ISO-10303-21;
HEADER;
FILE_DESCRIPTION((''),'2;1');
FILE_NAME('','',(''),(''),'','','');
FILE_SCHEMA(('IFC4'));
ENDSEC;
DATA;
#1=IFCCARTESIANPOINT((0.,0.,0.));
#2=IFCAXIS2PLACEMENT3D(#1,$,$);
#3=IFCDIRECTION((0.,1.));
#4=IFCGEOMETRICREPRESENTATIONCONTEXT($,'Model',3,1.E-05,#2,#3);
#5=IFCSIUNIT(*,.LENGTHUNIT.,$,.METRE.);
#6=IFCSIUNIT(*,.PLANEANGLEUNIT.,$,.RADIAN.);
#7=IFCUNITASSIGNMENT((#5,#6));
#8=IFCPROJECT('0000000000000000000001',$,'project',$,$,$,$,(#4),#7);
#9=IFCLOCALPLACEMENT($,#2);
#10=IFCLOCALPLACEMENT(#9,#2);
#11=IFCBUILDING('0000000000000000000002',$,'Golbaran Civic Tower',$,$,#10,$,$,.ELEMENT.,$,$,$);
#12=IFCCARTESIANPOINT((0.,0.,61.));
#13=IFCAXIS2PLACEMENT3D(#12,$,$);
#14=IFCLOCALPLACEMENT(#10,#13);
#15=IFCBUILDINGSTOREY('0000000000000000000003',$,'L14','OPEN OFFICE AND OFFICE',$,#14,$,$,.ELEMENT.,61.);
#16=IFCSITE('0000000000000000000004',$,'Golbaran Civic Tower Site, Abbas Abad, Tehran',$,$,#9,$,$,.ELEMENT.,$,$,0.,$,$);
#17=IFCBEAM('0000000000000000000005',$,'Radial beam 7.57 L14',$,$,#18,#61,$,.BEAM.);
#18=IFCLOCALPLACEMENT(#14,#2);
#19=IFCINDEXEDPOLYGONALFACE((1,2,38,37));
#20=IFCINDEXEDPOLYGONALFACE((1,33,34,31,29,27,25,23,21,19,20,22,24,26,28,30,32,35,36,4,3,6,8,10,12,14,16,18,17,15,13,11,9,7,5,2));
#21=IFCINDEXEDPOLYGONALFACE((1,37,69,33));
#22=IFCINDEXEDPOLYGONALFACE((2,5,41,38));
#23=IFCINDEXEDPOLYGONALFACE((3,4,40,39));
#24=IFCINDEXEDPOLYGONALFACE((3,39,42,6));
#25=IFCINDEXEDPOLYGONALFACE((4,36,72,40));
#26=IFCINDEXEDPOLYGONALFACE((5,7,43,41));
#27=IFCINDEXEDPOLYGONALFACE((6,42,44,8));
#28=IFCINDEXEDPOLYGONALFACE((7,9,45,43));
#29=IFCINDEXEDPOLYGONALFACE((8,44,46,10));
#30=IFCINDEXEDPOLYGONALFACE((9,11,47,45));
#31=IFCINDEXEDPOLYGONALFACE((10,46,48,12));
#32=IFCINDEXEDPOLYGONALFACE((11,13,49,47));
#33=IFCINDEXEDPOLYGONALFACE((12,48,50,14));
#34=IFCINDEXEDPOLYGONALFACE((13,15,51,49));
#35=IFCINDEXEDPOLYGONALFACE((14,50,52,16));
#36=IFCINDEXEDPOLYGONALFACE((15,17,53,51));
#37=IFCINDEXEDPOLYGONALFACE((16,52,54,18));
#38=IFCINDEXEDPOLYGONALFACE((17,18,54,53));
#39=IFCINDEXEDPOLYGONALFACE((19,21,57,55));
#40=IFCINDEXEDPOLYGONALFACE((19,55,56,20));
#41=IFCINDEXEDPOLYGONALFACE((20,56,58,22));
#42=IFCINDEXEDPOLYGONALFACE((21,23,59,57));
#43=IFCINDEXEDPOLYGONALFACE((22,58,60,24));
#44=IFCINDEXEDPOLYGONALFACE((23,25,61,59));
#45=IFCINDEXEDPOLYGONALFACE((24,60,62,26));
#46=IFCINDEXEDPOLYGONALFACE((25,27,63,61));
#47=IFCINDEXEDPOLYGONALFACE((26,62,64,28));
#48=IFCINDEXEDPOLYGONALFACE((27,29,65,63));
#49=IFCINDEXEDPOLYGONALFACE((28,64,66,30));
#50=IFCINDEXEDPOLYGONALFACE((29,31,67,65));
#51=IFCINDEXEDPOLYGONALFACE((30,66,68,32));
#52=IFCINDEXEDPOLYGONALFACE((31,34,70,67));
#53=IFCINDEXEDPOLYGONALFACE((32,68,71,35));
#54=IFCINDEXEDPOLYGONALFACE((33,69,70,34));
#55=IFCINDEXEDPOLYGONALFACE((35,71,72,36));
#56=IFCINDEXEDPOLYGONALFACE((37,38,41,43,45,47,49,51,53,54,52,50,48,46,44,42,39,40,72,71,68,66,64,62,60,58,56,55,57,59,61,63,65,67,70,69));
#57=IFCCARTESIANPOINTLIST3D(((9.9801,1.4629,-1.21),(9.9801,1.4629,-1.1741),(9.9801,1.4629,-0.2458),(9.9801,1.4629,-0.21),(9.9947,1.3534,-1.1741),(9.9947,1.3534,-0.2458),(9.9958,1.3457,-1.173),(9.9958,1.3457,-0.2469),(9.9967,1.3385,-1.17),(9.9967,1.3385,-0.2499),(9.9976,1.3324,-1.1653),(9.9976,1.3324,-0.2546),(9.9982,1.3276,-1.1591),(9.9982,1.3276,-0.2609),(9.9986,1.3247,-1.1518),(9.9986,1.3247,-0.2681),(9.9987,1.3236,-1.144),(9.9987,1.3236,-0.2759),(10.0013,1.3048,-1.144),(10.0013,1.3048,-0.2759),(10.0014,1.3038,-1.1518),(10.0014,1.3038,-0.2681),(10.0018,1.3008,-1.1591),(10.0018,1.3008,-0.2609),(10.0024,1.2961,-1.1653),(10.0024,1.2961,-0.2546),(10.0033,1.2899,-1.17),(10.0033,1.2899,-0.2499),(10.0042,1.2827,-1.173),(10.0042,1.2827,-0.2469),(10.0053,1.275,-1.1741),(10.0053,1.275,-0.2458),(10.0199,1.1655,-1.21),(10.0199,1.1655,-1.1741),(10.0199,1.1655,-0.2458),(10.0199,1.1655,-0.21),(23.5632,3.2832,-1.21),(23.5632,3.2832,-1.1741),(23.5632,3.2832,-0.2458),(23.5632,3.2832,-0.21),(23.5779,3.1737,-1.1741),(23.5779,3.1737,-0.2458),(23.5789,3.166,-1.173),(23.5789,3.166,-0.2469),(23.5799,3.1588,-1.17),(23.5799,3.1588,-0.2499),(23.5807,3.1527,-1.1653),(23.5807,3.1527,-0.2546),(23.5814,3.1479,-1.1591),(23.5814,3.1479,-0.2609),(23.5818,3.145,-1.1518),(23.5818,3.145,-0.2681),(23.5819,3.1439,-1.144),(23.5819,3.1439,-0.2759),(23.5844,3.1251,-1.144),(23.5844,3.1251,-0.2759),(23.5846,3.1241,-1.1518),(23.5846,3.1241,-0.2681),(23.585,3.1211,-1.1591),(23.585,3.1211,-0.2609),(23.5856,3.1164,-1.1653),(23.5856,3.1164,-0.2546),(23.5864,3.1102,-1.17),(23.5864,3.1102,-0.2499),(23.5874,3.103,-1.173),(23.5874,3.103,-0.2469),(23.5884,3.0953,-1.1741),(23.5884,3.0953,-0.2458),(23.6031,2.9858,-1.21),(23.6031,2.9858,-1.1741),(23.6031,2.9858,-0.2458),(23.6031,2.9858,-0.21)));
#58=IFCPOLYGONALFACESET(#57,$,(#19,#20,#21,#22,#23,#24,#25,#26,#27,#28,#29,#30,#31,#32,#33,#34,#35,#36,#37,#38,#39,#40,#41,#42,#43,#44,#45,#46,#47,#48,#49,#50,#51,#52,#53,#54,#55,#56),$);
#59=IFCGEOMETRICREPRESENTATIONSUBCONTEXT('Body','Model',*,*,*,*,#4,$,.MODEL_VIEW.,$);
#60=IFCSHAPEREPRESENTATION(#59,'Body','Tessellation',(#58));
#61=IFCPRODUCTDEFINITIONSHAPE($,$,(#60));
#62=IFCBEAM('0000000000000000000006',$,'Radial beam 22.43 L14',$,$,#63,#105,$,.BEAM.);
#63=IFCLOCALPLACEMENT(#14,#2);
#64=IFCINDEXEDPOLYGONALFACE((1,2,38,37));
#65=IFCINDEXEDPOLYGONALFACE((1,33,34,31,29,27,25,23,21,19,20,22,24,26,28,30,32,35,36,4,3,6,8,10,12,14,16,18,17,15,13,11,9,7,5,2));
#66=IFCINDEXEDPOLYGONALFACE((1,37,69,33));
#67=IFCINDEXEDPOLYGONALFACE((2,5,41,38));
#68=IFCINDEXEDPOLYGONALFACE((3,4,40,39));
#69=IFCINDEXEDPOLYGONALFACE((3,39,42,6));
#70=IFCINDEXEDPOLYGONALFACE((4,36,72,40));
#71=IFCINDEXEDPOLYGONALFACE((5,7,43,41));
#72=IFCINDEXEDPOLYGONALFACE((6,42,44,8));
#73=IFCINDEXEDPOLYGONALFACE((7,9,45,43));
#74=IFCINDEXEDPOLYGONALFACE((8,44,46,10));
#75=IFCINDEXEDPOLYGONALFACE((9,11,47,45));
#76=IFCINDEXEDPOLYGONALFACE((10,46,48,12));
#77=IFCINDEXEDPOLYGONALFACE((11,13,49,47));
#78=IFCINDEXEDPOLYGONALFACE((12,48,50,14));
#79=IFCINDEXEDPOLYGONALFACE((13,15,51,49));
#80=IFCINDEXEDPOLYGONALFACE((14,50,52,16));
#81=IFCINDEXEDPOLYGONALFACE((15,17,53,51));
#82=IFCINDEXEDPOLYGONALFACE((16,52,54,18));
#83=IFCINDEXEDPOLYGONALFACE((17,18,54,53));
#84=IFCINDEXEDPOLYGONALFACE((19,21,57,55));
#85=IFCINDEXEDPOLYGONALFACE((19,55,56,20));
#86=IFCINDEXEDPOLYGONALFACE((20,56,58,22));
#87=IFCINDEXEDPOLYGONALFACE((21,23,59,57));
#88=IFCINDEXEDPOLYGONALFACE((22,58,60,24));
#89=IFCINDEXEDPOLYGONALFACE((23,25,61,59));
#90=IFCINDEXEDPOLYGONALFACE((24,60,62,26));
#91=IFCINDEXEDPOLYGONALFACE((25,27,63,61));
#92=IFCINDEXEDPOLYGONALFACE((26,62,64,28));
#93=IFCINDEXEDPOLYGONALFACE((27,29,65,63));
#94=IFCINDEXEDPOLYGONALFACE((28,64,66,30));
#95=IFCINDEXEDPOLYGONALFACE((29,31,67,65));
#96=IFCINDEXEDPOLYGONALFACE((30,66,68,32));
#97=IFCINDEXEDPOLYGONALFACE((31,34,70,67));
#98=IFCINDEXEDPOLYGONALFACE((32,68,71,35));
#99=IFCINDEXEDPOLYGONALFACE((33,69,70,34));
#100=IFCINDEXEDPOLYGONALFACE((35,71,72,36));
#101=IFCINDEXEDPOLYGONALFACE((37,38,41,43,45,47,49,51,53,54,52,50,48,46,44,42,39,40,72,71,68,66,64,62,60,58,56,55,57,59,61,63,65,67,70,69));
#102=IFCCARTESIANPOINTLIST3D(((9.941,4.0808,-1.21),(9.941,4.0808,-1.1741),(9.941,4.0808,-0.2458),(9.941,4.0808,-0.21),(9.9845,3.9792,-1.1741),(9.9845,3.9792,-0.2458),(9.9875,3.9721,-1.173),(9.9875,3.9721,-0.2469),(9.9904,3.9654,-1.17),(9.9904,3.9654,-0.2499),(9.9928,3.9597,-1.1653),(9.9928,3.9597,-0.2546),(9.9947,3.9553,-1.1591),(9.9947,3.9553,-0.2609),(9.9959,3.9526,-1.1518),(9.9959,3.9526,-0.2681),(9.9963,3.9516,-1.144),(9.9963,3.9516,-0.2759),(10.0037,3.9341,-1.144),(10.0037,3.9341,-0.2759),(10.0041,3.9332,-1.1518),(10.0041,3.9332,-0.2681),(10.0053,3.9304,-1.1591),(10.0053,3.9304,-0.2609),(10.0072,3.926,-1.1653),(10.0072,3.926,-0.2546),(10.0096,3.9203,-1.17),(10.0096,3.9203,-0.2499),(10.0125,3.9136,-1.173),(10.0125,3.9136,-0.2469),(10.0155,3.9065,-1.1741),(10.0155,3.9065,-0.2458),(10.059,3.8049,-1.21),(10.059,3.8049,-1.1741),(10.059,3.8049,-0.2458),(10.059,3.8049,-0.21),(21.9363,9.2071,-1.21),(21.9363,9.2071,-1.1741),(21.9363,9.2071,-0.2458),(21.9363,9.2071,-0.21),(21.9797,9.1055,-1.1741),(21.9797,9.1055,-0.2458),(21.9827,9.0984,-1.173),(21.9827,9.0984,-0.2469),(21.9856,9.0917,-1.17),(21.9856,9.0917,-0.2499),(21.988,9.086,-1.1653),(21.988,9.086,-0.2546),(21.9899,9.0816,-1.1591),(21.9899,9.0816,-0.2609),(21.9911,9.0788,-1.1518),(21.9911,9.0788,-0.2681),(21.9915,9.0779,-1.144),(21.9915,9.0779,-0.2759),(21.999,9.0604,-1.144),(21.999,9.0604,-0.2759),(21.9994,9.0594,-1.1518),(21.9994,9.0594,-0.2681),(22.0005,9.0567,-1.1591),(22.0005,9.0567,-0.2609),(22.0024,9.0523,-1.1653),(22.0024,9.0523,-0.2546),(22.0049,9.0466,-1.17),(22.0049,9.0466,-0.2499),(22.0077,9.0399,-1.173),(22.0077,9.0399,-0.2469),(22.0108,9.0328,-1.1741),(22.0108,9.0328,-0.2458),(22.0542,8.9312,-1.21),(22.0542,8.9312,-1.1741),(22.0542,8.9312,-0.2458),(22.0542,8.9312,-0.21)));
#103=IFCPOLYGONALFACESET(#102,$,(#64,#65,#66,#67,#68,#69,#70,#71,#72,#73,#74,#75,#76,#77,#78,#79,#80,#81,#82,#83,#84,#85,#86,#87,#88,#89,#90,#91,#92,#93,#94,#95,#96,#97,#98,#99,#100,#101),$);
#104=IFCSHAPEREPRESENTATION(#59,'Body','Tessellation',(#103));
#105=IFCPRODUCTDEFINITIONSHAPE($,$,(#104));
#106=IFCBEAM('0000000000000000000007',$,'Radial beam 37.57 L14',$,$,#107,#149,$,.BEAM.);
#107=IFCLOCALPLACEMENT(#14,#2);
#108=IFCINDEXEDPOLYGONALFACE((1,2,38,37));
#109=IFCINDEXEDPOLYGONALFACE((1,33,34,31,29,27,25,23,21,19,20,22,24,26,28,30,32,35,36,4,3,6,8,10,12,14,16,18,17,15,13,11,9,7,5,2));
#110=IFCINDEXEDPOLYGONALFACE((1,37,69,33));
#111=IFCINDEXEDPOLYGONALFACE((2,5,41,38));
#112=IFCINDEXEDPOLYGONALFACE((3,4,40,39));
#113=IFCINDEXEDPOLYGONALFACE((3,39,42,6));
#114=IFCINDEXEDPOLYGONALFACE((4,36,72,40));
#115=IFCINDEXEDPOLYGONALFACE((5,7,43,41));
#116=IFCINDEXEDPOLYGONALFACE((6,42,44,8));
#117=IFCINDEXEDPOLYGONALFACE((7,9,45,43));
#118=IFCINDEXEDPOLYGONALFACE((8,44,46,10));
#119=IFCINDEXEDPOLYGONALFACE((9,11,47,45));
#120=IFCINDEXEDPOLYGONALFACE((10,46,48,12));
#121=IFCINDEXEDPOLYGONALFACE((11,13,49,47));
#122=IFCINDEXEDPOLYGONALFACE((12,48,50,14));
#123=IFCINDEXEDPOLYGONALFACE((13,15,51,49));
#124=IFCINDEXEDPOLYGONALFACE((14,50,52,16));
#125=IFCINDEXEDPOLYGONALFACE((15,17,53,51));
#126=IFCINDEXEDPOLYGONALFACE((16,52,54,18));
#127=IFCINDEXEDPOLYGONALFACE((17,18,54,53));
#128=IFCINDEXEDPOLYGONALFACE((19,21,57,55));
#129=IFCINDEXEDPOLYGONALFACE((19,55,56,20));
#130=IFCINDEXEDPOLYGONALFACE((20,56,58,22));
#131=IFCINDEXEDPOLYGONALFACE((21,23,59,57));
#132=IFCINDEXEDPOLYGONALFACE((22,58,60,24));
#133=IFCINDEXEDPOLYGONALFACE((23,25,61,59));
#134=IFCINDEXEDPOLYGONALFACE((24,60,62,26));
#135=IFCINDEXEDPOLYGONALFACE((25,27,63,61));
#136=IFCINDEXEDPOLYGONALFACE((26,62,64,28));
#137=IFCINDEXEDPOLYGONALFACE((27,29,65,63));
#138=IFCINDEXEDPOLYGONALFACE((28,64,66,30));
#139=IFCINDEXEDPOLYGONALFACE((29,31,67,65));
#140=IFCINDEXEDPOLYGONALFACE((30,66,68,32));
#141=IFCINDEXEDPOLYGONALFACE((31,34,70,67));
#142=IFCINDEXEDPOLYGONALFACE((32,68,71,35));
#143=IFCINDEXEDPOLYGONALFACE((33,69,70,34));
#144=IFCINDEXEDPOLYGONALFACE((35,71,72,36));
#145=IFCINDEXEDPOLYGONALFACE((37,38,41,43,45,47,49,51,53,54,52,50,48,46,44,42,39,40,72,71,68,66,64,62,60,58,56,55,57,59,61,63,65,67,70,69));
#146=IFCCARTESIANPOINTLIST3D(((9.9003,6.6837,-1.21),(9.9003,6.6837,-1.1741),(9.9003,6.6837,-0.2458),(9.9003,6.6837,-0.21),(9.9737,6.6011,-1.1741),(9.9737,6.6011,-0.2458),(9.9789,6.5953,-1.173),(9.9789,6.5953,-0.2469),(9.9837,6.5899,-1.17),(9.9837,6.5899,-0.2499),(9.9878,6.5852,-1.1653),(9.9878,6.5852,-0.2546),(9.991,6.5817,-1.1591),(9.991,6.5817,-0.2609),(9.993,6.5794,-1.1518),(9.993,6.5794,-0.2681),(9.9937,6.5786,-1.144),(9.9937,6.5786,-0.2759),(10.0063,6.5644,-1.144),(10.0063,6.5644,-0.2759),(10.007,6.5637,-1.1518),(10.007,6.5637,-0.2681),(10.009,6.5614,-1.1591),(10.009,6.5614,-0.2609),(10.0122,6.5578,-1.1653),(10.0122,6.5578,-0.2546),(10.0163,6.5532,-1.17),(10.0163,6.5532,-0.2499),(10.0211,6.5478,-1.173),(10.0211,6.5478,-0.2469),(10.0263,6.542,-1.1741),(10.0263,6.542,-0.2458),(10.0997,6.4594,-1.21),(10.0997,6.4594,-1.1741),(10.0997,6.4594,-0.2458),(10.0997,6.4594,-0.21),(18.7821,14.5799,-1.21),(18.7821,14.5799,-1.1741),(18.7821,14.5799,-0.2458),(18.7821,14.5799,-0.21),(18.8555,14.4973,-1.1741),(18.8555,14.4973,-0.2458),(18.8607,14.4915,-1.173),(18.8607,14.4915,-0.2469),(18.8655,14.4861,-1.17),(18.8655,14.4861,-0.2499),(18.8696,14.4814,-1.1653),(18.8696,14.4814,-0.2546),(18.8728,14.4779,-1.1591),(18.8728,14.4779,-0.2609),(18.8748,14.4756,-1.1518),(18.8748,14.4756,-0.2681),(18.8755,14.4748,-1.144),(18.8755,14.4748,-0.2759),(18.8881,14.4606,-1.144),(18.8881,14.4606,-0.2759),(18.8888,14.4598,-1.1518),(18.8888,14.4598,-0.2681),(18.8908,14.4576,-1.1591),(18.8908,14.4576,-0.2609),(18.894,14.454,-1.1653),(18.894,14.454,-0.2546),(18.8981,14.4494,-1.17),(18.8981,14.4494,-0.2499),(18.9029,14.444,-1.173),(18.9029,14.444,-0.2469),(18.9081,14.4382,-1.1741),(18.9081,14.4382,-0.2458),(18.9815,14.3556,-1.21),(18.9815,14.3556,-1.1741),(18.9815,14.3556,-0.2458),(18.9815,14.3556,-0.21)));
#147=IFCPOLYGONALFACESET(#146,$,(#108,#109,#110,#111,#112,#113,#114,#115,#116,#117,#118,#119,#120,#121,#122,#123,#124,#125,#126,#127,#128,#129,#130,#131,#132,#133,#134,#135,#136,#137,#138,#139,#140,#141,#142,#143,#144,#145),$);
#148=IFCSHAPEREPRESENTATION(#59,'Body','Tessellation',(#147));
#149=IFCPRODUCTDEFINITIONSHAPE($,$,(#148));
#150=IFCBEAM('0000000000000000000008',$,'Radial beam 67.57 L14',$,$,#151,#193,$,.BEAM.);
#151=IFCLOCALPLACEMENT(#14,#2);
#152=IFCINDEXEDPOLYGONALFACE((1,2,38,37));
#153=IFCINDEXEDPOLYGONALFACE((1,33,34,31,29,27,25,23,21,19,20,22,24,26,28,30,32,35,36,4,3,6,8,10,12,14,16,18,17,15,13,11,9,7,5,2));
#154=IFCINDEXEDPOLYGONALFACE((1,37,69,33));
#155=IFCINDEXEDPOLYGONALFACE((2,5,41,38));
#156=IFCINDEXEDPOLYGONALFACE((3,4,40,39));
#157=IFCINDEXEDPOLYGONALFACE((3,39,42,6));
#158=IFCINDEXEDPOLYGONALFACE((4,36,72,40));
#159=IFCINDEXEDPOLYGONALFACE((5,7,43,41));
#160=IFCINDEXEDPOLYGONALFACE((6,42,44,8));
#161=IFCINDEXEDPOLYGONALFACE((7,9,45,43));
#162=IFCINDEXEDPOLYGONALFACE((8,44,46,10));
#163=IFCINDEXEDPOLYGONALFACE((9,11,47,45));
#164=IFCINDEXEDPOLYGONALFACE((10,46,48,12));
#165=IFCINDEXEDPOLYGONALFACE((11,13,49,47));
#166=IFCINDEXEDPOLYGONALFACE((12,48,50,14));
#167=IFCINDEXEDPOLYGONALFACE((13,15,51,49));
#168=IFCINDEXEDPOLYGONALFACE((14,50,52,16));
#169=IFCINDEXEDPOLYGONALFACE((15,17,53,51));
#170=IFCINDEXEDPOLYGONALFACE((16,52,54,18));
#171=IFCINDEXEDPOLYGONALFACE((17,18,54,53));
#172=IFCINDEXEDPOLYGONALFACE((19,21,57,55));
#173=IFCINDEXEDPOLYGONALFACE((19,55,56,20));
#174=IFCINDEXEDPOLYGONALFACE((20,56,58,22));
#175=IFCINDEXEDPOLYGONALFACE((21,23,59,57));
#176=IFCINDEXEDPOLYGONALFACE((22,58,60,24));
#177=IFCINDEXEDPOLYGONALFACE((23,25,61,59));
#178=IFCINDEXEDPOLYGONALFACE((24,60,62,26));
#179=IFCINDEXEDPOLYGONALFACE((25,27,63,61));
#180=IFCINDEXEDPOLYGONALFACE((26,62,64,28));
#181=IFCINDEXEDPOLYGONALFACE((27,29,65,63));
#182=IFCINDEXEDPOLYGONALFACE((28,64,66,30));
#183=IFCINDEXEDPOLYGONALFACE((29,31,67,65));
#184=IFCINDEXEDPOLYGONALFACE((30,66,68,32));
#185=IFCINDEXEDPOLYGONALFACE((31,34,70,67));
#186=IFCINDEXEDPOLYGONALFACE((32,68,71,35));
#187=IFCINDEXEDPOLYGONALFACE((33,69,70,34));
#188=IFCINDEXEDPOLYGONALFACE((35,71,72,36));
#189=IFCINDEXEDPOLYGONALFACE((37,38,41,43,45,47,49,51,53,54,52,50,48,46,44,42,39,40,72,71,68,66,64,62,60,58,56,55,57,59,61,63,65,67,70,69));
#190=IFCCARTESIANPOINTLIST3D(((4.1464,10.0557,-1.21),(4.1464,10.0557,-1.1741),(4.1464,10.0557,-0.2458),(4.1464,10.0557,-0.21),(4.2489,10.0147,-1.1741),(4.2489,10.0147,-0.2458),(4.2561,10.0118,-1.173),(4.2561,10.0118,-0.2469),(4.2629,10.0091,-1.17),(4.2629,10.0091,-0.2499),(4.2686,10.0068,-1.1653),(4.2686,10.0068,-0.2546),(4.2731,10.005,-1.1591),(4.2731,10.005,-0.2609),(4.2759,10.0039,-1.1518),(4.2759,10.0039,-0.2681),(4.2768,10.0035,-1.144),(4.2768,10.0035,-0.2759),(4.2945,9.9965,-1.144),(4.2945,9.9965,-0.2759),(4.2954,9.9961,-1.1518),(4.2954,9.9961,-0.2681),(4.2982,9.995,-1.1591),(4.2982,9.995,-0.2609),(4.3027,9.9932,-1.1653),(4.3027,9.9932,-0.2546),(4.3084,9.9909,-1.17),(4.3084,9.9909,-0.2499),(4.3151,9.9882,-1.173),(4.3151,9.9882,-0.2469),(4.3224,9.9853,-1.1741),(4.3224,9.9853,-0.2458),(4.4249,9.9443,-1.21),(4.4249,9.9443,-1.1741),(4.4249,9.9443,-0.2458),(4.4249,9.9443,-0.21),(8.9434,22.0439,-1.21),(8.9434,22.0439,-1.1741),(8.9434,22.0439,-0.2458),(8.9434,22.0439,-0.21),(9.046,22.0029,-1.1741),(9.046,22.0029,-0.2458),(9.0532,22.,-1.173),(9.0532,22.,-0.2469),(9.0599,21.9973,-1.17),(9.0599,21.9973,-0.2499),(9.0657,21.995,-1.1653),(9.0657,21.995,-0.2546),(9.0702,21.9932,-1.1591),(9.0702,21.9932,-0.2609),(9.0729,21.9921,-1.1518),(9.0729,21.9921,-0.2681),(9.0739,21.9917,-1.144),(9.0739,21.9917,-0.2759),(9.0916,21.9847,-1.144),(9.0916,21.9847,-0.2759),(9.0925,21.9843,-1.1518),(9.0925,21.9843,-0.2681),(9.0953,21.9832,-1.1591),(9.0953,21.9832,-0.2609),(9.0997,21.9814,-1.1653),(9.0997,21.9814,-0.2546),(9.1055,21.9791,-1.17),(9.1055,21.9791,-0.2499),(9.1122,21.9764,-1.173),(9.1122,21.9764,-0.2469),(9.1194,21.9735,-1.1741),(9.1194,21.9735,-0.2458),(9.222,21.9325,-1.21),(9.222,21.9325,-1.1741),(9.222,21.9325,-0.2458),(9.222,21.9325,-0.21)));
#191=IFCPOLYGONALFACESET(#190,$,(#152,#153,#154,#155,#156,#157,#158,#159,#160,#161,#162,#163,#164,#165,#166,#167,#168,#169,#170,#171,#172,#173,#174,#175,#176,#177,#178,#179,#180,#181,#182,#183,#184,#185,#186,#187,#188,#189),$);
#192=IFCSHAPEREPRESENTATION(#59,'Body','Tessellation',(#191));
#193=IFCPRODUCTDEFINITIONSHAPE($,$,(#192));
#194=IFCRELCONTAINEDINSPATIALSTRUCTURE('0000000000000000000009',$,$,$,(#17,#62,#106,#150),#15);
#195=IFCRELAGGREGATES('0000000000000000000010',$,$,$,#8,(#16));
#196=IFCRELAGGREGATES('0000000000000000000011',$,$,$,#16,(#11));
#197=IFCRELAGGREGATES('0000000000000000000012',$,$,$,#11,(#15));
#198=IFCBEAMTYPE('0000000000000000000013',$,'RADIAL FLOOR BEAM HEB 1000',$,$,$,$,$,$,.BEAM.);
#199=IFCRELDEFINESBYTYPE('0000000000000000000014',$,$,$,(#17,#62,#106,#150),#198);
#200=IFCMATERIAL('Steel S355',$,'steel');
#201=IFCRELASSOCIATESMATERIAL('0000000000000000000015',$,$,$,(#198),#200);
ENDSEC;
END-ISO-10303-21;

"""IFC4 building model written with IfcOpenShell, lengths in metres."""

from ifc_helpers import new_model, si_unit, direction, frame, origin, origin_2d, place, context, subcontext, project, spatial, i_section, extrude, material, material_profile, profile_set, type_object, element, save


model = new_model("IFC4")

# Units and contexts
model_context = context("Model", 3, precision=1e-05, world=origin(), true_north=direction((0.0, 1.0)))
body_context = subcontext(model_context, "Body", "Model", "MODEL_VIEW")
ifc_project = project(units=[si_unit("LENGTHUNIT", "METRE"), si_unit("PLANEANGLEUNIT", "RADIAN")], contexts=[model_context])

# Site, building, storey
site_placement = place(None, origin())
site = spatial("IfcSite", under=ifc_project, at=site_placement, Name="Golbaran Civic Tower Site, Abbas Abad, Tehran", CompositionType="ELEMENT", RefElevation=0.0)
building_placement = place(site_placement, origin())
building = spatial("IfcBuilding", under=site, at=building_placement, Name="Golbaran Civic Tower", CompositionType="ELEMENT")
storey_placement = place(building_placement, frame((0.0, 0.0, 61.0)))
storey = spatial("IfcBuildingStorey", under=building, at=storey_placement, Name="L14", Description="OPEN OFFICE AND OFFICE", CompositionType="ELEMENT", Elevation=61.0)

# Beams
ifc_material_1 = material(Name="Steel S355", Category="steel")
ifc_material_profile = material_profile(ifc_material_1, i_section(OverallWidth=0.3, OverallDepth=1.0, WebThickness=0.019, FlangeThickness=0.0359, FilletRadius=0.03, at=origin_2d()), Name="HEB 1000")
ifc_profile_set = profile_set([ifc_material_profile], Name="Steel S355")
beam_type = type_object("IfcBeamType", Name="RADIAL FLOOR BEAM HEB 1000", PredefinedType="BEAM", material=ifc_profile_set)
beam_1_placement = place(storey_placement, frame((10.0, 1.3142, -0.71), z_axis=(0.99114, 0.132824, 0.0), x_axis=(-0.132824, 0.99114, 0.0)))
element("IfcBeam", 1, at=beam_1_placement, inside=storey, type_object=beam_type, Name="Radial beam 7.57 L14", PredefinedType="BEAM", context=body_context, shape_type="SweptSolid", body=[
    extrude(i_section(OverallWidth=0.3, OverallDepth=1.0, WebThickness=0.019, FlangeThickness=0.0359, FilletRadius=0.03, at=origin_2d()), origin(), (0.0, 0.0, 1.0), 13.7046),
])
beam_2_placement = place(storey_placement, frame((10.0, 3.9429, -0.71), z_axis=(0.919548, 0.392977, 0.0), x_axis=(-0.392977, 0.919548, 0.0)))
element("IfcBeam", 2, at=beam_2_placement, inside=storey, type_object=beam_type, Name="Radial beam 22.43 L14", PredefinedType="BEAM", context=body_context, shape_type="SweptSolid", body=[
    extrude(i_section(OverallWidth=0.3, OverallDepth=1.0, WebThickness=0.019, FlangeThickness=0.0359, FilletRadius=0.03, at=origin_2d()), origin(), (0.0, 0.0, 1.0), 13.0447),
])
beam_3_placement = place(storey_placement, frame((10.0, 6.5715, -0.71), z_axis=(0.747356, 0.664424, 0.0), x_axis=(-0.664424, 0.747356, 0.0)))
element("IfcBeam", 3, at=beam_3_placement, inside=storey, type_object=beam_type, Name="Radial beam 37.57 L14", PredefinedType="BEAM", context=body_context, shape_type="SweptSolid", body=[
    extrude(i_section(OverallWidth=0.3, OverallDepth=1.0, WebThickness=0.019, FlangeThickness=0.0359, FilletRadius=0.03, at=origin_2d()), origin(), (0.0, 0.0, 1.0), 11.8843),
])
beam_4_placement = place(storey_placement, frame((4.2856, 10.0, -0.71), z_axis=(0.371511, 0.928428, 0.0), x_axis=(-0.928428, 0.371511, 0.0)))
element("IfcBeam", 4, at=beam_4_placement, inside=storey, type_object=beam_type, Name="Radial beam 67.57 L14", PredefinedType="BEAM", context=body_context, shape_type="SweptSolid", body=[
    extrude(i_section(OverallWidth=0.3, OverallDepth=1.0, WebThickness=0.019, FlangeThickness=0.0359, FilletRadius=0.03, at=origin_2d()), origin(), (0.0, 0.0, 1.0), 12.9124),
])

save(model, "model.ifc")
